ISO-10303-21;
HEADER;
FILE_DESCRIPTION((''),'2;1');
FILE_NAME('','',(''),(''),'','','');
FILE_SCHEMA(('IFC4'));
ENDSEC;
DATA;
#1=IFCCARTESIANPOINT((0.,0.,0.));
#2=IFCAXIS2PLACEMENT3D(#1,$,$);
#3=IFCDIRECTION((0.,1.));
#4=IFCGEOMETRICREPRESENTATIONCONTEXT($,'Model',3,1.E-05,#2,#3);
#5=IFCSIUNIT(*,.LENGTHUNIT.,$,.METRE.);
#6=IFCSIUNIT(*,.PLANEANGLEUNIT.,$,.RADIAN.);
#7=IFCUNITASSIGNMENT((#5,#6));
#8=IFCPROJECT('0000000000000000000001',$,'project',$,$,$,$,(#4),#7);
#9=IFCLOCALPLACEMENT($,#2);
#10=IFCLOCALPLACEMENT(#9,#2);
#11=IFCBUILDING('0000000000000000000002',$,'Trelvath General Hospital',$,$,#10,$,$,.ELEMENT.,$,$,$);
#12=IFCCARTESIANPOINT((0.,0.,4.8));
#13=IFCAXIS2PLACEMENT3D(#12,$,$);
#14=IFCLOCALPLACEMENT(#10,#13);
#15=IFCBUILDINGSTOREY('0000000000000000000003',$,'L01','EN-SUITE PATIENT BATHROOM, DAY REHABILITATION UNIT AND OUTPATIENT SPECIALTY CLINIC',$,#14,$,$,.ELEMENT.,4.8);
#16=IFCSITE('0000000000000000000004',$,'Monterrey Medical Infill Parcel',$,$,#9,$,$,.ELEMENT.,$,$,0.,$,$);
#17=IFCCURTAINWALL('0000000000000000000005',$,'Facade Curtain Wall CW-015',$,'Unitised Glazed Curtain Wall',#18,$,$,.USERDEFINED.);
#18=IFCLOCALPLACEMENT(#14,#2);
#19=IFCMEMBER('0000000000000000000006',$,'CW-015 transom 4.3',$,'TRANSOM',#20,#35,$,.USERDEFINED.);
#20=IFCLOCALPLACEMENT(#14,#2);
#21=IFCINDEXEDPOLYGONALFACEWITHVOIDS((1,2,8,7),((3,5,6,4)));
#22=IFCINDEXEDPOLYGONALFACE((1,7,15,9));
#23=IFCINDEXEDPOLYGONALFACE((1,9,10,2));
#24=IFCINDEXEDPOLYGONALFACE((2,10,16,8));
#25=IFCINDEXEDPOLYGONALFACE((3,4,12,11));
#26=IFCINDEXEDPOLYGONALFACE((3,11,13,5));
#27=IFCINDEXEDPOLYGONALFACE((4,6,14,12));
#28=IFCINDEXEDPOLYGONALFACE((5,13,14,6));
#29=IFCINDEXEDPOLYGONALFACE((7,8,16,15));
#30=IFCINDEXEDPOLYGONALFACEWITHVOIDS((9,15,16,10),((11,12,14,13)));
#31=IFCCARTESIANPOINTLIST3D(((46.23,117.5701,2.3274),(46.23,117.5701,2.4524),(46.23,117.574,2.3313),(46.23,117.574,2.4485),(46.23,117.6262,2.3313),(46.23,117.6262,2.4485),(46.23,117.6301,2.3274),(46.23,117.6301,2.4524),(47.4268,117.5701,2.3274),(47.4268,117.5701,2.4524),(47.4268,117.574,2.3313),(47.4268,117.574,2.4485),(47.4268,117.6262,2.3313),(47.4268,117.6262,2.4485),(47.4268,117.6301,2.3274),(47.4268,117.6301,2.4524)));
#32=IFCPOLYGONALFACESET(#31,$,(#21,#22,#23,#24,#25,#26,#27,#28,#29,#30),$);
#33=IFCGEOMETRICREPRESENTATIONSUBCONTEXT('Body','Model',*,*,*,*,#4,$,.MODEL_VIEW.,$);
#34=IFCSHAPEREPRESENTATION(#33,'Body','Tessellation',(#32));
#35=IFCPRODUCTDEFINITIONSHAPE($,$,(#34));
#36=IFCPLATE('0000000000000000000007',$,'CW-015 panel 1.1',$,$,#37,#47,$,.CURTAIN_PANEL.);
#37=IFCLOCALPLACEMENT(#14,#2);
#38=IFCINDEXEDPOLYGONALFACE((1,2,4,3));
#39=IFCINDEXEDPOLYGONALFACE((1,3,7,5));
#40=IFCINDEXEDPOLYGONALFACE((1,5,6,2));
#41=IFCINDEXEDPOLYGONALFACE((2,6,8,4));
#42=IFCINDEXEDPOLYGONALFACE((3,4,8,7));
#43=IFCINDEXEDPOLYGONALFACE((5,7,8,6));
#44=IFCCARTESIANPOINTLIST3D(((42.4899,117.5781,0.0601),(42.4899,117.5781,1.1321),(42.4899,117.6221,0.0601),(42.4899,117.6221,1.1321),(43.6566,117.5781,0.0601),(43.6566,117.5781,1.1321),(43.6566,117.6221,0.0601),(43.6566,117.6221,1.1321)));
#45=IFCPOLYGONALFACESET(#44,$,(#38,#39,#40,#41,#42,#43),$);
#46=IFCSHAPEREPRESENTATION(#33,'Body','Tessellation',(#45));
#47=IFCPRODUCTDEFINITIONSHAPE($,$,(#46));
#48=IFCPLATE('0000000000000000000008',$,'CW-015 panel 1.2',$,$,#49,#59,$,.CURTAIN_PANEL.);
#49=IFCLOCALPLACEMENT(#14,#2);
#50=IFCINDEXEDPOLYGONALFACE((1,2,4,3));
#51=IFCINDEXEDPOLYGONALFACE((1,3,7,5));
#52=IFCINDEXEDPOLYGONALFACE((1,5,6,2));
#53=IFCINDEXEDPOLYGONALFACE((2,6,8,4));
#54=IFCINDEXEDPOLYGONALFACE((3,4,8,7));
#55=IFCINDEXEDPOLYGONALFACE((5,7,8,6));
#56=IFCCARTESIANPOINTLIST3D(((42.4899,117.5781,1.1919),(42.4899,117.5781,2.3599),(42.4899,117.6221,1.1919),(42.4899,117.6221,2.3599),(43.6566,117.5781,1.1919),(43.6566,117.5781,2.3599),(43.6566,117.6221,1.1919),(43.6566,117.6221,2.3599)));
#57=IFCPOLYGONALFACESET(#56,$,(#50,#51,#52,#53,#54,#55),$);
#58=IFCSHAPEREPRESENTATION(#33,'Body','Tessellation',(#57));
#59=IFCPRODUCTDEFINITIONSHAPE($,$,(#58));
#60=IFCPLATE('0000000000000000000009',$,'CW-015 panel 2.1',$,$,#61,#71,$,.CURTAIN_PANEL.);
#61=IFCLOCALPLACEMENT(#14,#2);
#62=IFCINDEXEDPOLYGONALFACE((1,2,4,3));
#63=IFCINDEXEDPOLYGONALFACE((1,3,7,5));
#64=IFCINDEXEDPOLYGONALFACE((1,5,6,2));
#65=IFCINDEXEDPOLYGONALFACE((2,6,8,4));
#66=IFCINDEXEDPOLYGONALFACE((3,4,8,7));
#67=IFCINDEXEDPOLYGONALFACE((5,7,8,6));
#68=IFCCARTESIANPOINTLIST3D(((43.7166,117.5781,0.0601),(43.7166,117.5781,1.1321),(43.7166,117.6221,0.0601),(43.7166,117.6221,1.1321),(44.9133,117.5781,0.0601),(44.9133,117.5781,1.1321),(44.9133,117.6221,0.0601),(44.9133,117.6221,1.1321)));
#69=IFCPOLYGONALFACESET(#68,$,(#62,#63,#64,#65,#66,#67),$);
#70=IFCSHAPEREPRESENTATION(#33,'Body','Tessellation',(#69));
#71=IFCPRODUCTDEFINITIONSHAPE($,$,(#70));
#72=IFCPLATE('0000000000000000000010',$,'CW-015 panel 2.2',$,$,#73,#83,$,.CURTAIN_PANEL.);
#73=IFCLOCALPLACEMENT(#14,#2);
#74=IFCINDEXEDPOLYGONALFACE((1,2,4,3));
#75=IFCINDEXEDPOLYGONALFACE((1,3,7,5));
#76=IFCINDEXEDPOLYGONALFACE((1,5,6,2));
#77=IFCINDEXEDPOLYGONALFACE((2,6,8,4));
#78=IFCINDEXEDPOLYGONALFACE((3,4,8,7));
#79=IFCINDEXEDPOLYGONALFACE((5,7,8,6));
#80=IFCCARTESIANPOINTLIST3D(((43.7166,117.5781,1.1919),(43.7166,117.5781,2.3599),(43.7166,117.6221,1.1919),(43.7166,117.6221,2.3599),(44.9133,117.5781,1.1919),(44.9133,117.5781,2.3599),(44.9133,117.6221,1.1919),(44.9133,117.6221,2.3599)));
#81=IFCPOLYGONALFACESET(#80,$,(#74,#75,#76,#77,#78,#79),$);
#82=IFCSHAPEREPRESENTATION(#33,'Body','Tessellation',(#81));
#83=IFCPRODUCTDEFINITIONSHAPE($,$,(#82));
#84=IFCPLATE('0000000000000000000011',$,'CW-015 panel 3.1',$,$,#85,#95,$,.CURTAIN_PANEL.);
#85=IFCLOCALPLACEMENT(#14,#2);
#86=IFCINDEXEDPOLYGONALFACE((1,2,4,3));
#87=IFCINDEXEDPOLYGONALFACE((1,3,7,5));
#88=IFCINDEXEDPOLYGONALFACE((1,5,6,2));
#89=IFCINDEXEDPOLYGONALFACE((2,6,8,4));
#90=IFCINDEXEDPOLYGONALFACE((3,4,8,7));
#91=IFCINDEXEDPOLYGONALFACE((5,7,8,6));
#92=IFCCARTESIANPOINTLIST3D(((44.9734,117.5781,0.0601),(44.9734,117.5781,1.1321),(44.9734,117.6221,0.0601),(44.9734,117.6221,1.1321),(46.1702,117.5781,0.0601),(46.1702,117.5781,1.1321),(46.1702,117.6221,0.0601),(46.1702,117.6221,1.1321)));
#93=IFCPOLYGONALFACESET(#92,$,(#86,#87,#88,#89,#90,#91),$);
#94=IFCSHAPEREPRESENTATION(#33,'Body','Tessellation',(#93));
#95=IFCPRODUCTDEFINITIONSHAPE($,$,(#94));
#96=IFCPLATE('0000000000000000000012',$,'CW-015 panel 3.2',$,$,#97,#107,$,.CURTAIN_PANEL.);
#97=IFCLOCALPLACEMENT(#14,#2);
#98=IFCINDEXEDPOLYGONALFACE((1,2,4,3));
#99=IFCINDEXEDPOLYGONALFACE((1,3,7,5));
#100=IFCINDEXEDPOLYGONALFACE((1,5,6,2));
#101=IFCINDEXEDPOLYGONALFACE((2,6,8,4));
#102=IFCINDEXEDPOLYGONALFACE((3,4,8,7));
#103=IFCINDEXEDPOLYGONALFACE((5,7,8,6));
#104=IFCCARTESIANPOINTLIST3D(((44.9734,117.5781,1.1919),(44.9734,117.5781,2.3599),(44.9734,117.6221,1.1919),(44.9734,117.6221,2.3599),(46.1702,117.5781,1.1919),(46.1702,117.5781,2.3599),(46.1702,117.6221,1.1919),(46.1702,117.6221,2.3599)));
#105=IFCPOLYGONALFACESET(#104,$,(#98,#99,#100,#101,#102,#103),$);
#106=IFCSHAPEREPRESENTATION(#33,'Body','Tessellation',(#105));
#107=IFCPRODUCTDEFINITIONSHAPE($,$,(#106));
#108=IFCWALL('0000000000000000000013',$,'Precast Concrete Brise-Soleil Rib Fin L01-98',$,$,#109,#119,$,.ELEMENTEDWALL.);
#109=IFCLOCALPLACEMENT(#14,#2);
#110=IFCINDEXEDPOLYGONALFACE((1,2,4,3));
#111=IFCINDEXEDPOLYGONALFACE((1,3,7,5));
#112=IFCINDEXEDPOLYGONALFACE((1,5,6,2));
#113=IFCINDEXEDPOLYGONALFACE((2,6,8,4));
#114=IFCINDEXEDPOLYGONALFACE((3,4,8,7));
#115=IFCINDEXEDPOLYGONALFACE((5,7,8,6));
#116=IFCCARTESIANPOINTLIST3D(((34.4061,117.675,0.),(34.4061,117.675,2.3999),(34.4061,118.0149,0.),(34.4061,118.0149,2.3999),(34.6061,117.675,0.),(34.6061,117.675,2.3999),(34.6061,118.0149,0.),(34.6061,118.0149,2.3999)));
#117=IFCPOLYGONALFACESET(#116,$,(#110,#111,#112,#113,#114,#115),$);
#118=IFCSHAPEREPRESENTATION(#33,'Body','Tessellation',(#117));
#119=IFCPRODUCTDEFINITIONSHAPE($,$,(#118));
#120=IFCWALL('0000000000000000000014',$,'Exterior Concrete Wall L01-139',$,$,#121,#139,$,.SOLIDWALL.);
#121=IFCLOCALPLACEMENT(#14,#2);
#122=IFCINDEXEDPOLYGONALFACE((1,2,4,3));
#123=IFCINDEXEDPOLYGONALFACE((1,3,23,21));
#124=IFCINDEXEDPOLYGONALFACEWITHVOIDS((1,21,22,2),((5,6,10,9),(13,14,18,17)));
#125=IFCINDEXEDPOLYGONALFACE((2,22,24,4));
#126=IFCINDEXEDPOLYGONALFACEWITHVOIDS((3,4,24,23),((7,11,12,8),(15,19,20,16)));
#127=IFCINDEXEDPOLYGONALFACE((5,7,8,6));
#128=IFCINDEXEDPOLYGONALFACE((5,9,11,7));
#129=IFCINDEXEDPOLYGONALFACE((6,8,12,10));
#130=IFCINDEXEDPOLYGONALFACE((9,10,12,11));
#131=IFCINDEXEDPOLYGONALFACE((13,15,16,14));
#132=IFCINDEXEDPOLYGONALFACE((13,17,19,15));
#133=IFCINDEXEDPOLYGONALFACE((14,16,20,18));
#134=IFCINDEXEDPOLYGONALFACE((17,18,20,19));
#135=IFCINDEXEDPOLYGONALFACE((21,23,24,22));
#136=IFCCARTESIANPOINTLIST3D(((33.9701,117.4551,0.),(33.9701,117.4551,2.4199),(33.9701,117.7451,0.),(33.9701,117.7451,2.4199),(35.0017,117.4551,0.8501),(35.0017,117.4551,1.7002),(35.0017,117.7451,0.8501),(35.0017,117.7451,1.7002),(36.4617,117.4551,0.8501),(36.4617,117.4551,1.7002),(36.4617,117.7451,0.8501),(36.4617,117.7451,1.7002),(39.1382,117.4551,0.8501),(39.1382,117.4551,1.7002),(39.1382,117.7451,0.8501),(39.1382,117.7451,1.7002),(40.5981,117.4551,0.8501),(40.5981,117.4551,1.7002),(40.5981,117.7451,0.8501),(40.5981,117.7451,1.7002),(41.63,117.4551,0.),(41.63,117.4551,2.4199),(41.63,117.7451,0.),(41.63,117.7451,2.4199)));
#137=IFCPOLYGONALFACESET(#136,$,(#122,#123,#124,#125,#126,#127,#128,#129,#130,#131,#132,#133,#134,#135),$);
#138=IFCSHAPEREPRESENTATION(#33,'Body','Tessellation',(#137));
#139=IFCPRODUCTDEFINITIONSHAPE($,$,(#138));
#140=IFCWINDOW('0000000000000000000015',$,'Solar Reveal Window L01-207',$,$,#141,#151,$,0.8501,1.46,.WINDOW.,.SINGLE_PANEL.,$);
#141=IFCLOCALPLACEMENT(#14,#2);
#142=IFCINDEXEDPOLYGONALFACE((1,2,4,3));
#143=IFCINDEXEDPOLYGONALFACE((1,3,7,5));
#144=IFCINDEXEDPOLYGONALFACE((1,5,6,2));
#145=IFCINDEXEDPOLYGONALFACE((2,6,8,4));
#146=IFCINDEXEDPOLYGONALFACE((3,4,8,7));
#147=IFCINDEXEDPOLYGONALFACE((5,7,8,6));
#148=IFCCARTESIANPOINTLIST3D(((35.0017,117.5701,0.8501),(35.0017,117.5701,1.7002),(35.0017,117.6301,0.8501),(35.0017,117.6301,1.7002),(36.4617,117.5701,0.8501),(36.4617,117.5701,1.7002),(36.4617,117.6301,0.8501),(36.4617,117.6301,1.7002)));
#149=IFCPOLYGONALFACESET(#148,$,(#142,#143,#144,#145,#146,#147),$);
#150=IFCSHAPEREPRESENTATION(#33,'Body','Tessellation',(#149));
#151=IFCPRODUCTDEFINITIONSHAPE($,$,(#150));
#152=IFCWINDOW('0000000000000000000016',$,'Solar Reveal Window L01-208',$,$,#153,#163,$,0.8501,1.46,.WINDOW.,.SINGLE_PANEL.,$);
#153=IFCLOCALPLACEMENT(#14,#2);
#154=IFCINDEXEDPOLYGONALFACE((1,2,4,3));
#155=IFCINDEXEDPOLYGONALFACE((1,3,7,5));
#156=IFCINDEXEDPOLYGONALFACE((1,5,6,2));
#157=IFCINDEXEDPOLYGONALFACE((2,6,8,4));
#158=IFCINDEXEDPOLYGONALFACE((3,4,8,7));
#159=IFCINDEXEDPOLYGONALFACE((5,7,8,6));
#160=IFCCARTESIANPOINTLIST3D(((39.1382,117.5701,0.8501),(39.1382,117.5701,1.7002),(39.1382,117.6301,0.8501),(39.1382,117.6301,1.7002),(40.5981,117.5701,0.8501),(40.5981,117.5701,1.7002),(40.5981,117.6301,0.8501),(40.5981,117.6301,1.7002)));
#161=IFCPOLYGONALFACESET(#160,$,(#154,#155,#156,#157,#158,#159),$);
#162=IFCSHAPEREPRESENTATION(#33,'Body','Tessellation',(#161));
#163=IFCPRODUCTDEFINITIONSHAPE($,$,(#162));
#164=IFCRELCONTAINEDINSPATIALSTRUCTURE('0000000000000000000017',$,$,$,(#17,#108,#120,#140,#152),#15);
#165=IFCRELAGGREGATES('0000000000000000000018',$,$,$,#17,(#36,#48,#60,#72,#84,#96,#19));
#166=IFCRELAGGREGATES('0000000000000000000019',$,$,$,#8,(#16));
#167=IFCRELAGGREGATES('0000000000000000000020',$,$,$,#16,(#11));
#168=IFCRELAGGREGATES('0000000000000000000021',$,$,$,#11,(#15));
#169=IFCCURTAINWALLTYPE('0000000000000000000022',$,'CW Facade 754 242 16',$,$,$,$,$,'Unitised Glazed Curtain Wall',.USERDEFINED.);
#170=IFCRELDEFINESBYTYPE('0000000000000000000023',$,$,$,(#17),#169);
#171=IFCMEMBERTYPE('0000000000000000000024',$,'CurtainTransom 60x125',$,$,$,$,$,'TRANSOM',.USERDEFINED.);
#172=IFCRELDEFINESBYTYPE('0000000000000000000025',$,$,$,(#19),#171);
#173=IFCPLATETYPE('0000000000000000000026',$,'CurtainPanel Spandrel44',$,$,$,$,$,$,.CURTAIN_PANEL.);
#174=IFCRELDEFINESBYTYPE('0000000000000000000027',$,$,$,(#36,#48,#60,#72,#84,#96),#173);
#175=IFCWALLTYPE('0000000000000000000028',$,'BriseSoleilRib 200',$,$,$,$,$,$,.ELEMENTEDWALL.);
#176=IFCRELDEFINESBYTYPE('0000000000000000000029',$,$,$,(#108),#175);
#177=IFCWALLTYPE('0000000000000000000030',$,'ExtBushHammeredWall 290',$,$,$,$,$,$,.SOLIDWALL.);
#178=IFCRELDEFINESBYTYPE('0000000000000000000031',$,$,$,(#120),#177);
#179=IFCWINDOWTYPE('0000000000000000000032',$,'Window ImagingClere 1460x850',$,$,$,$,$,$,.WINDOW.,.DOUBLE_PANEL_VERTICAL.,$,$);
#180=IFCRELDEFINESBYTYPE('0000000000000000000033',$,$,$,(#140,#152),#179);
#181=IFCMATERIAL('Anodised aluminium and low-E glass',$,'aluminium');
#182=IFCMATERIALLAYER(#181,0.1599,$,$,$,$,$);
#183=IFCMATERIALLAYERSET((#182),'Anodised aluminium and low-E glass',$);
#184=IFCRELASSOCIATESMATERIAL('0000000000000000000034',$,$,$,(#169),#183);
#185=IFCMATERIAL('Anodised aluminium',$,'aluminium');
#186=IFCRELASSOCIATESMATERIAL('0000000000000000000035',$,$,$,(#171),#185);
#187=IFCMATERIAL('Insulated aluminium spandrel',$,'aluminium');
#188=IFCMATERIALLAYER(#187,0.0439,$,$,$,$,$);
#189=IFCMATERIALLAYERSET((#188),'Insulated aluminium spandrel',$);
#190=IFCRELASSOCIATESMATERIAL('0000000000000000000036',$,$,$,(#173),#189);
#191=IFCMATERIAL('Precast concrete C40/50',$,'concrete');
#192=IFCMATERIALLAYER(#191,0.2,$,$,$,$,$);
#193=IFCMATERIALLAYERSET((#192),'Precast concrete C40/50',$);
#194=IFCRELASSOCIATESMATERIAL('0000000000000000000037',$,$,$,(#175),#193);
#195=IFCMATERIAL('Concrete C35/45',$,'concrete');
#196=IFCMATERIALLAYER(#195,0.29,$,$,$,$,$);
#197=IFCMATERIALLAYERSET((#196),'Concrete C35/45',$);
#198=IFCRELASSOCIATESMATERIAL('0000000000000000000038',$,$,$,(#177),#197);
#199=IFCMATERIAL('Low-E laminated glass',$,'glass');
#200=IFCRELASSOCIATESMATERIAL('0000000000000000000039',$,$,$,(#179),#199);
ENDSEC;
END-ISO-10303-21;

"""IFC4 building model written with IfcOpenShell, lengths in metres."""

from ifc_helpers import new_model, si_unit, direction, frame, frame_2d, origin, origin_2d, place, context, subcontext, project, spatial, rectangle, hollow_rectangle, extrude, material, layer, layer_set, material_profile, profile_set, type_object, element, fill, aggregate, save


model = new_model("IFC4")

# Units and contexts
model_context = context("Model", 3, precision=1e-05, world=origin(), true_north=direction((0.0, 1.0)))
body_context = subcontext(model_context, "Body", "Model", "MODEL_VIEW")
ifc_project = project(units=[si_unit("LENGTHUNIT", "METRE"), si_unit("PLANEANGLEUNIT", "RADIAN")], contexts=[model_context])

# Site, building, storey
site_placement = place(None, origin())
site = spatial("IfcSite", under=ifc_project, at=site_placement, Name="Monterrey Medical Infill Parcel", CompositionType="ELEMENT", RefElevation=0.0)
building_placement = place(site_placement, origin())
building = spatial("IfcBuilding", under=site, at=building_placement, Name="Trelvath General Hospital", CompositionType="ELEMENT")
storey_placement = place(building_placement, frame((0.0, 0.0, 4.8)))
storey = spatial("IfcBuildingStorey", under=building, at=storey_placement, Name="L01", Description="EN-SUITE PATIENT BATHROOM, DAY REHABILITATION UNIT AND OUTPATIENT SPECIALTY CLINIC", CompositionType="ELEMENT", Elevation=4.8)

# Curtain wall, member, plates
ifc_material_1 = material(Name="Anodised aluminium and low-E glass", Category="aluminium")
ifc_layer_1 = layer(ifc_material_1, 0.1599)
ifc_layer_set_1 = layer_set([ifc_layer_1], Name="Anodised aluminium and low-E glass")
curtain_wall_type = type_object("IfcCurtainWallType", Name="CW Facade 754 242 16", ElementType="Unitised Glazed Curtain Wall", PredefinedType="USERDEFINED", material=ifc_layer_set_1)
curtain_wall_placement = place(storey_placement, origin())
curtain_wall = element("IfcCurtainWall", 1, at=curtain_wall_placement, inside=storey, type_object=curtain_wall_type, Name="Facade Curtain Wall CW-015", ObjectType="Unitised Glazed Curtain Wall", PredefinedType="USERDEFINED")
ifc_material_2 = material(Name="Anodised aluminium", Category="aluminium")
ifc_material_profile_1 = material_profile(ifc_material_2, hollow_rectangle(XDim=0.0601, YDim=0.125, WallThickness=0.0039, at=origin_2d()), Name="RHS60x125x4")
ifc_profile_set_1 = profile_set([ifc_material_profile_1], Name="Anodised aluminium")
member_type_1 = type_object("IfcMemberType", Name="CurtainTransom 60x125", ElementType="TRANSOM", PredefinedType="USERDEFINED", material=ifc_profile_set_1)
member_1_placement = place(storey_placement, frame((46.23, 117.6001, 2.3899), z_axis=(1.0, 0.0, 0.0), x_axis=(0.0, 1.0, 0.0)))
member_1 = element("IfcMember", 2, at=member_1_placement, type_object=member_type_1, Name="CW-015 transom 4.3", ObjectType="TRANSOM", PredefinedType="USERDEFINED", context=body_context, shape_type="SweptSolid", body=[
    extrude(hollow_rectangle(XDim=0.0601, YDim=0.125, WallThickness=0.0039, at=origin_2d()), origin(), (0.0, 0.0, 1.0), 1.1968),
])
ifc_material_3 = material(Name="Insulated aluminium spandrel", Category="aluminium")
ifc_layer_2 = layer(ifc_material_3, 0.0439)
ifc_layer_set_2 = layer_set([ifc_layer_2], Name="Insulated aluminium spandrel")
plate_type = type_object("IfcPlateType", Name="CurtainPanel Spandrel44", PredefinedType="CURTAIN_PANEL", material=ifc_layer_set_2)
plate_1_placement = place(storey_placement, frame((43.0732, 117.6001, 0.0601), z_axis=(0.0, 0.0, 1.0), x_axis=(1.0, 0.0, 0.0)))
plate_1 = element("IfcPlate", 3, at=plate_1_placement, type_object=plate_type, Name="CW-015 panel 1.1", PredefinedType="CURTAIN_PANEL", context=body_context, shape_type="SweptSolid", body=[
    extrude(rectangle(XDim=1.1667, YDim=0.0439, at=origin_2d()), origin(), (0.0, 0.0, 1.0), 1.072),
])
plate_2_placement = place(storey_placement, frame((43.0732, 117.6001, 1.1919), z_axis=(0.0, 0.0, 1.0), x_axis=(1.0, 0.0, 0.0)))
plate_2 = element("IfcPlate", 4, at=plate_2_placement, type_object=plate_type, Name="CW-015 panel 1.2", PredefinedType="CURTAIN_PANEL", context=body_context, shape_type="SweptSolid", body=[
    extrude(rectangle(XDim=1.1667, YDim=0.0439, at=origin_2d()), origin(), (0.0, 0.0, 1.0), 1.168),
])
plate_3_placement = place(storey_placement, frame((44.3149, 117.6001, 0.0601), z_axis=(0.0, 0.0, 1.0), x_axis=(1.0, 0.0, 0.0)))
plate_3 = element("IfcPlate", 5, at=plate_3_placement, type_object=plate_type, Name="CW-015 panel 2.1", PredefinedType="CURTAIN_PANEL", context=body_context, shape_type="SweptSolid", body=[
    extrude(rectangle(XDim=1.1968, YDim=0.0439, at=origin_2d()), origin(), (0.0, 0.0, 1.0), 1.072),
])
plate_4_placement = place(storey_placement, frame((44.3149, 117.6001, 1.1919), z_axis=(0.0, 0.0, 1.0), x_axis=(1.0, 0.0, 0.0)))
plate_4 = element("IfcPlate", 6, at=plate_4_placement, type_object=plate_type, Name="CW-015 panel 2.2", PredefinedType="CURTAIN_PANEL", context=body_context, shape_type="SweptSolid", body=[
    extrude(rectangle(XDim=1.1968, YDim=0.0439, at=origin_2d()), origin(), (0.0, 0.0, 1.0), 1.168),
])
plate_5_placement = place(storey_placement, frame((45.5718, 117.6001, 0.0601), z_axis=(0.0, 0.0, 1.0), x_axis=(1.0, 0.0, 0.0)))
plate_5 = element("IfcPlate", 7, at=plate_5_placement, type_object=plate_type, Name="CW-015 panel 3.1", PredefinedType="CURTAIN_PANEL", context=body_context, shape_type="SweptSolid", body=[
    extrude(rectangle(XDim=1.1968, YDim=0.0439, at=origin_2d()), origin(), (0.0, 0.0, 1.0), 1.072),
])
plate_6_placement = place(storey_placement, frame((45.5718, 117.6001, 1.1919), z_axis=(0.0, 0.0, 1.0), x_axis=(1.0, 0.0, 0.0)))
plate_6 = element("IfcPlate", 8, at=plate_6_placement, type_object=plate_type, Name="CW-015 panel 3.2", PredefinedType="CURTAIN_PANEL", context=body_context, shape_type="SweptSolid", body=[
    extrude(rectangle(XDim=1.1968, YDim=0.0439, at=origin_2d()), origin(), (0.0, 0.0, 1.0), 1.168),
])
aggregate(curtain_wall, [plate_1, plate_2, plate_3, plate_4, plate_5, plate_6, member_1])

# Wall
ifc_material_4 = material(Name="Precast concrete C40/50", Category="concrete")
ifc_layer_3 = layer(ifc_material_4, 0.2)
ifc_layer_set_3 = layer_set([ifc_layer_3], Name="Precast concrete C40/50")
wall_type_1 = type_object("IfcWallType", Name="BriseSoleilRib 200", PredefinedType="ELEMENTEDWALL", material=ifc_layer_set_3)
wall_1_placement = place(storey_placement, frame((34.5061, 117.675, 0.0), z_axis=(0.0, 0.0, 1.0), x_axis=(0.0, 1.0, 0.0)))
element("IfcWall", 9, at=wall_1_placement, inside=storey, type_object=wall_type_1, Name="Precast Concrete Brise-Soleil Rib Fin L01-98", PredefinedType="ELEMENTEDWALL", context=body_context, shape_type="SweptSolid", body=[
    extrude(rectangle(XDim=0.3398, YDim=0.2, at=frame_2d((0.1699, 0.0))), origin(), (0.0, 0.0, 1.0), 2.3999),
])

# Wall, openings, windows
ifc_material_5 = material(Name="Concrete C35/45", Category="concrete")
ifc_layer_4 = layer(ifc_material_5, 0.29)
ifc_layer_set_4 = layer_set([ifc_layer_4], Name="Concrete C35/45")
wall_type_2 = type_object("IfcWallType", Name="ExtBushHammeredWall 290", PredefinedType="SOLIDWALL", material=ifc_layer_set_4)
wall_2_placement = place(storey_placement, frame((33.97, 117.6001, 0.0), z_axis=(0.0, 0.0, 1.0), x_axis=(1.0, 0.0, 0.0)))
wall_2 = element("IfcWall", 10, at=wall_2_placement, inside=storey, type_object=wall_type_2, Name="Exterior Concrete Wall L01-139", PredefinedType="SOLIDWALL", context=body_context, shape_type="SweptSolid", body=[
    extrude(rectangle(XDim=7.6599, YDim=0.29, at=frame_2d((3.8301, 0.0))), origin(), (0.0, 0.0, 1.0), 2.4199),
])
opening_1_placement = place(wall_2_placement, frame((1.0317, 0.0, 0.8501)))
opening_1 = element("IfcOpeningElement", 11, at=opening_1_placement, cuts=wall_2, PredefinedType="OPENING", context=body_context, shape_type="SweptSolid", body=[
    extrude(rectangle(XDim=1.46, YDim=0.8501, at=frame_2d((0.73, 0.425))), frame((0.0, 0.155, 0.0), z_axis=(0.0, -1.0, 0.0), x_axis=(1.0, 0.0, 0.0)), (0.0, 0.0, 1.0), 0.3101),
])
opening_2_placement = place(wall_2_placement, frame((5.1682, 0.0, 0.8501)))
opening_2 = element("IfcOpeningElement", 12, at=opening_2_placement, cuts=wall_2, PredefinedType="OPENING", context=body_context, shape_type="SweptSolid", body=[
    extrude(rectangle(XDim=1.46, YDim=0.8501, at=frame_2d((0.73, 0.425))), frame((0.0, 0.155, 0.0), z_axis=(0.0, -1.0, 0.0), x_axis=(1.0, 0.0, 0.0)), (0.0, 0.0, 1.0), 0.3101),
])
ifc_material_6 = material(Name="Low-E laminated glass", Category="glass")
window_type = type_object("IfcWindowType", Name="Window ImagingClere 1460x850", PartitioningType="DOUBLE_PANEL_VERTICAL", PredefinedType="WINDOW", material=ifc_material_6)
window_1_placement = place(opening_1_placement, origin())
window_1 = element("IfcWindow", 13, at=window_1_placement, inside=storey, type_object=window_type, Name="Solar Reveal Window L01-207", OverallHeight=0.8501, OverallWidth=1.46, PartitioningType="SINGLE_PANEL", PredefinedType="WINDOW", context=body_context, shape_type="SweptSolid", body=[
    extrude(rectangle(XDim=1.46, YDim=0.8501, at=frame_2d((0.73, 0.425))), frame((0.0, 0.03, 0.0), z_axis=(0.0, -1.0, 0.0), x_axis=(1.0, 0.0, 0.0)), (0.0, 0.0, 1.0), 0.0601),
])
fill(opening_1, window_1)
window_2_placement = place(opening_2_placement, origin())
window_2 = element("IfcWindow", 14, at=window_2_placement, inside=storey, type_object=window_type, Name="Solar Reveal Window L01-208", OverallHeight=0.8501, OverallWidth=1.46, PartitioningType="SINGLE_PANEL", PredefinedType="WINDOW", context=body_context, shape_type="SweptSolid", body=[
    extrude(rectangle(XDim=1.46, YDim=0.8501, at=frame_2d((0.73, 0.425))), frame((0.0, 0.03, 0.0), z_axis=(0.0, -1.0, 0.0), x_axis=(1.0, 0.0, 0.0)), (0.0, 0.0, 1.0), 0.0601),
])
fill(opening_2, window_2)

save(model, "model.ifc")
